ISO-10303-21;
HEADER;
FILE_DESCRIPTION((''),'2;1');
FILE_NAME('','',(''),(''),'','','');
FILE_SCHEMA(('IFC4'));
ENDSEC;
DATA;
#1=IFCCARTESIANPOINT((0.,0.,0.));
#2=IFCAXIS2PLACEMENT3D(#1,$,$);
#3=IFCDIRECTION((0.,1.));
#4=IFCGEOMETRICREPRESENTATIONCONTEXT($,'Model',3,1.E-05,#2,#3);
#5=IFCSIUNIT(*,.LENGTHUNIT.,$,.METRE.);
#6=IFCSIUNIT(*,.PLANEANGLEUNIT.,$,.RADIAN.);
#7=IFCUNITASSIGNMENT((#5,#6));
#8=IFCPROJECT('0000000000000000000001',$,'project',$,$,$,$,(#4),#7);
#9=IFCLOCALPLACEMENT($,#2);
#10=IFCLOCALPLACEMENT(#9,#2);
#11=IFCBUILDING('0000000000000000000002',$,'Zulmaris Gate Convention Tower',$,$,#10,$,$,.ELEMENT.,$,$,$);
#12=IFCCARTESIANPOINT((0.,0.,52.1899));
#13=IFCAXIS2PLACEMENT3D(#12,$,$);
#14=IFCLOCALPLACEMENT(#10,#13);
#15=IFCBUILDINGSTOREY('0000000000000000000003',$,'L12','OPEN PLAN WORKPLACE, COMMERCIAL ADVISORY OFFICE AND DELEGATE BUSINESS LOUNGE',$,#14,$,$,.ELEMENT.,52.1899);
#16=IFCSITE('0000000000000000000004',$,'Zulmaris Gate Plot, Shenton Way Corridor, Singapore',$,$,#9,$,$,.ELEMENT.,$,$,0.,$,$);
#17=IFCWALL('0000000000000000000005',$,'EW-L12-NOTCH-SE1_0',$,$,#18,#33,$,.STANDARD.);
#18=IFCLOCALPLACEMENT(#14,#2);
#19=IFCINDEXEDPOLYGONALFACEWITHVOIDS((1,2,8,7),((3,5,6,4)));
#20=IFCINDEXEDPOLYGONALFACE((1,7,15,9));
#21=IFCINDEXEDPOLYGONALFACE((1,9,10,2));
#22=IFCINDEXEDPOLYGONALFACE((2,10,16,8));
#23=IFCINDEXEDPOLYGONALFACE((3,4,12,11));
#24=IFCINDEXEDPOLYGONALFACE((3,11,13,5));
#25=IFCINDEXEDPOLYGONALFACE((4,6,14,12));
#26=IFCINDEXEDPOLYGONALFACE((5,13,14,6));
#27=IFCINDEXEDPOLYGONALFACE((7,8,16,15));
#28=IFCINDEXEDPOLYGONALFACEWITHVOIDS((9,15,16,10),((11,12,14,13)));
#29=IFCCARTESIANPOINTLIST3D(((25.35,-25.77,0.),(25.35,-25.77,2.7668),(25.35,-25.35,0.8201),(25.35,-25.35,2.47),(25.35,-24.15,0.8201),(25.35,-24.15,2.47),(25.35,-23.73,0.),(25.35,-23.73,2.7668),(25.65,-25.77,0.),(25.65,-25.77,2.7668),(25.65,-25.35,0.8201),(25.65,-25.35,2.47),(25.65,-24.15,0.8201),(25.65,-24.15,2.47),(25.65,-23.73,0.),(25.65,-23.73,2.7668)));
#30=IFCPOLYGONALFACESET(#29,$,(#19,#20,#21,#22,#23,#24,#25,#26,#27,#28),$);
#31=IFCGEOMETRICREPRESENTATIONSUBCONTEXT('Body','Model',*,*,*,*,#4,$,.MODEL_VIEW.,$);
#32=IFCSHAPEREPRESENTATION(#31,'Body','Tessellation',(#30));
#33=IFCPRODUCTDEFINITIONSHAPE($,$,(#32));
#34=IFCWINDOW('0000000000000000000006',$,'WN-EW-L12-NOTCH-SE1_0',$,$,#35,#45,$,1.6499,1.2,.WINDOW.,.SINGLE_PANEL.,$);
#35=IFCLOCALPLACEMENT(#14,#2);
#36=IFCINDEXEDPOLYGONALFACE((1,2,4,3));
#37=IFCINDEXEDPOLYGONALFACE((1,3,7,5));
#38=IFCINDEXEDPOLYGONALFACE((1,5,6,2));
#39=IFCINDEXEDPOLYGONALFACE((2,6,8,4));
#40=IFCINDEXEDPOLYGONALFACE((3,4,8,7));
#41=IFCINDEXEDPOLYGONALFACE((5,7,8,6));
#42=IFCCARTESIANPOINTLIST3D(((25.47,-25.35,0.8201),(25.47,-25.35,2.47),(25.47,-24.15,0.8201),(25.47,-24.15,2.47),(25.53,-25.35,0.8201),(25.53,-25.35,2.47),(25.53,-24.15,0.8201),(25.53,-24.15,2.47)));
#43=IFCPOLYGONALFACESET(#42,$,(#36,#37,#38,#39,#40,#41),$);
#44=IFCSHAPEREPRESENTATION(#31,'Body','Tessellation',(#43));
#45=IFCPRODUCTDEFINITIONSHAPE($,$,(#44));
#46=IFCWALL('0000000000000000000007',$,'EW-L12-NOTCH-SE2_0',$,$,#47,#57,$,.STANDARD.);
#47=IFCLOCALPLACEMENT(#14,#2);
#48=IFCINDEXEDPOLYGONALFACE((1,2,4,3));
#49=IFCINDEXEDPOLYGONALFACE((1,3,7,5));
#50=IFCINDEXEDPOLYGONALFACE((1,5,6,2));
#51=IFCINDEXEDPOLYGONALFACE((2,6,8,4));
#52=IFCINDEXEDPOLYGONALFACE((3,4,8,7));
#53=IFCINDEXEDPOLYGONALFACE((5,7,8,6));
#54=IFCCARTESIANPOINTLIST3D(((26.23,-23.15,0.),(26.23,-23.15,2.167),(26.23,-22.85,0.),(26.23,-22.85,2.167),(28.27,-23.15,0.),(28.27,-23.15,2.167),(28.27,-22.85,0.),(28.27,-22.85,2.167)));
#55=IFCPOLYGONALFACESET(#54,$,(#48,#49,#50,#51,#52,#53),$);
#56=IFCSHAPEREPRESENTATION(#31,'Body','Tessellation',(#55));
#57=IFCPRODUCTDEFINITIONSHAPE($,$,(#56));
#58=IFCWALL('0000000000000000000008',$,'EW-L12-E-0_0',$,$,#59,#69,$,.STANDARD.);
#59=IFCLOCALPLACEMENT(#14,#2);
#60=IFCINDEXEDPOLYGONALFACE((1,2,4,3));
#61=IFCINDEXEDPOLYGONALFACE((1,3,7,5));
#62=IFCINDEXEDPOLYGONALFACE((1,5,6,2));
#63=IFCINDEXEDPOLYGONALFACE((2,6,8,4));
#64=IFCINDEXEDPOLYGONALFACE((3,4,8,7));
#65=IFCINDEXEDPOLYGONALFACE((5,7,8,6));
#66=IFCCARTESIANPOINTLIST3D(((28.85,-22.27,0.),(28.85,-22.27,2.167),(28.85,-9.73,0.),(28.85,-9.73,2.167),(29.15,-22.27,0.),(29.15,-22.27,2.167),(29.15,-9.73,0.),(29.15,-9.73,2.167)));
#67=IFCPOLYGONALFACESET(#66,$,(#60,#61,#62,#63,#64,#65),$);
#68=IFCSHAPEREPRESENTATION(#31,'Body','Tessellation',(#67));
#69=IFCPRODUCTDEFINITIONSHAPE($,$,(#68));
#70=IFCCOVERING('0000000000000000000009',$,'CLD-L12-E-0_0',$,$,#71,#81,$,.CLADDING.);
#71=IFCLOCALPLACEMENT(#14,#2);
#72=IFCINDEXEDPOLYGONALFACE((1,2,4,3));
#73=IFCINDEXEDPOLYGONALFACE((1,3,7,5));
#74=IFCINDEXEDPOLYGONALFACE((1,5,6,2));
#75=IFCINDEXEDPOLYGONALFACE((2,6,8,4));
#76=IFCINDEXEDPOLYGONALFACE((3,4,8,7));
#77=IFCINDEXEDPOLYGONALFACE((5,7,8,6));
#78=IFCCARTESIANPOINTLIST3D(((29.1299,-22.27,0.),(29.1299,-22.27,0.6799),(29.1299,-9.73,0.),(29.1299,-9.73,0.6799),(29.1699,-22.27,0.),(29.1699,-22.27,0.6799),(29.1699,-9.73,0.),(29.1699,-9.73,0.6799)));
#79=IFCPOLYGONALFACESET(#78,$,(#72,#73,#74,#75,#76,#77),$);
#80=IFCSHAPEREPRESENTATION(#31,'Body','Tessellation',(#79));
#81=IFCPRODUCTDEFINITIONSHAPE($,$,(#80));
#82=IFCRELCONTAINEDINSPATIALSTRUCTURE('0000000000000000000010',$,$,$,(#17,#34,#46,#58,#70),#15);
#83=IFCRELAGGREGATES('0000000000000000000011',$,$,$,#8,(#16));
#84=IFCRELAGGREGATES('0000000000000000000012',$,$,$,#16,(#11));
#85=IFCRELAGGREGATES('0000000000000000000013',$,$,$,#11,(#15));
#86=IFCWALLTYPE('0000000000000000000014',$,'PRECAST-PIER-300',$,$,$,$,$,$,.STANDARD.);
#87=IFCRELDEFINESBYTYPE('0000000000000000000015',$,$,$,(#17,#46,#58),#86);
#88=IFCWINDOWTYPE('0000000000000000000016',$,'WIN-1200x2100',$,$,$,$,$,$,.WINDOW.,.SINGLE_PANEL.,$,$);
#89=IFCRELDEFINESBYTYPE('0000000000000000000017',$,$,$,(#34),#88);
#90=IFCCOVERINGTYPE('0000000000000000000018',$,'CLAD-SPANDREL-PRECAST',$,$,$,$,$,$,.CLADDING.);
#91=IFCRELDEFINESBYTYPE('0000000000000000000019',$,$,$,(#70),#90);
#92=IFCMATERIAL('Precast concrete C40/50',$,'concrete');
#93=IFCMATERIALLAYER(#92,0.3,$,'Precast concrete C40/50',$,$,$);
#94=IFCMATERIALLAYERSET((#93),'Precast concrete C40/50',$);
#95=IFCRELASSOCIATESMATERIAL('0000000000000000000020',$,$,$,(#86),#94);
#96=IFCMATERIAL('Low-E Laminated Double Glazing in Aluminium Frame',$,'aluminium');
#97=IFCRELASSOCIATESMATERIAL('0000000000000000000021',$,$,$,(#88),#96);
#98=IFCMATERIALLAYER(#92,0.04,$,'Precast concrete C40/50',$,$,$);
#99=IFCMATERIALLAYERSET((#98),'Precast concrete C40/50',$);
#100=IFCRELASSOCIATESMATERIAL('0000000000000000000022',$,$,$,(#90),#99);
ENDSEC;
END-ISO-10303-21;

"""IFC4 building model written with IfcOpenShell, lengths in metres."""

from ifc_helpers import new_model, si_unit, direction, frame, frame_2d, origin, place, context, subcontext, project, spatial, rectangle, extrude, material, layer, layer_set, type_object, element, fill, save


model = new_model("IFC4")

# Units and contexts
model_context = context("Model", 3, precision=1e-05, world=origin(), true_north=direction((0.0, 1.0)))
body_context = subcontext(model_context, "Body", "Model", "MODEL_VIEW")
ifc_project = project(units=[si_unit("LENGTHUNIT", "METRE"), si_unit("PLANEANGLEUNIT", "RADIAN")], contexts=[model_context])

# Site, building, storey
site_placement = place(None, origin())
site = spatial("IfcSite", under=ifc_project, at=site_placement, Name="Zulmaris Gate Plot, Shenton Way Corridor, Singapore", CompositionType="ELEMENT", RefElevation=0.0)
building_placement = place(site_placement, origin())
building = spatial("IfcBuilding", under=site, at=building_placement, Name="Zulmaris Gate Convention Tower", CompositionType="ELEMENT")
storey_placement = place(building_placement, frame((0.0, 0.0, 52.1899)))
storey = spatial("IfcBuildingStorey", under=building, at=storey_placement, Name="L12", Description="OPEN PLAN WORKPLACE, COMMERCIAL ADVISORY OFFICE AND DELEGATE BUSINESS LOUNGE", CompositionType="ELEMENT", Elevation=52.1899)

# Wall, opening, window
ifc_material_1 = material(Name="Precast concrete C40/50", Category="concrete")
ifc_layer_1 = layer(ifc_material_1, 0.3, Name="Precast concrete C40/50")
ifc_layer_set_1 = layer_set([ifc_layer_1], Name="Precast concrete C40/50")
wall_type_1 = type_object("IfcWallType", Name="PRECAST-PIER-300", PredefinedType="STANDARD", material=ifc_layer_set_1)
wall_1_placement = place(storey_placement, frame((25.5, -25.77, 0.0), z_axis=(0.0, 0.0, 1.0), x_axis=(0.0, 1.0, 0.0)))
wall_1 = element("IfcWall", 1, at=wall_1_placement, inside=storey, type_object=wall_type_1, Name="EW-L12-NOTCH-SE1_0", PredefinedType="STANDARD", context=body_context, shape_type="SweptSolid", body=[
    extrude(rectangle(XDim=2.04, YDim=0.3, at=frame_2d((1.02, 0.0))), origin(), (0.0, 0.0, 1.0), 2.7668),
])
opening_1_placement = place(wall_1_placement, frame((0.4199, 0.0, 0.8201)))
opening_1 = element("IfcOpeningElement", 2, at=opening_1_placement, cuts=wall_1, PredefinedType="OPENING", context=body_context, shape_type="SweptSolid", body=[
    extrude(rectangle(XDim=1.2, YDim=1.6499, at=frame_2d((0.6001, 0.825))), frame((0.0, 0.1602, 0.0), z_axis=(0.0, -1.0, 0.0), x_axis=(1.0, 0.0, 0.0)), (0.0, 0.0, 1.0), 0.3201),
])
ifc_material_2 = material(Name="Low-E Laminated Double Glazing in Aluminium Frame", Category="aluminium")
window_type = type_object("IfcWindowType", Name="WIN-1200x2100", PartitioningType="SINGLE_PANEL", PredefinedType="WINDOW", material=ifc_material_2)
window_placement = place(opening_1_placement, origin())
window = element("IfcWindow", 3, at=window_placement, inside=storey, type_object=window_type, Name="WN-EW-L12-NOTCH-SE1_0", OverallHeight=1.6499, OverallWidth=1.2, PartitioningType="SINGLE_PANEL", PredefinedType="WINDOW", context=body_context, shape_type="SweptSolid", body=[
    extrude(rectangle(XDim=1.2, YDim=1.6499, at=frame_2d((0.6001, 0.825))), frame((0.0, 0.03, 0.0), z_axis=(0.0, -1.0, 0.0), x_axis=(1.0, 0.0, 0.0)), (0.0, 0.0, 1.0), 0.0601),
])
fill(opening_1, window)

# Walls
wall_2_placement = place(storey_placement, frame((26.23, -23.0, 0.0), z_axis=(0.0, 0.0, 1.0), x_axis=(1.0, 0.0, 0.0)))
element("IfcWall", 4, at=wall_2_placement, inside=storey, type_object=wall_type_1, Name="EW-L12-NOTCH-SE2_0", PredefinedType="STANDARD", context=body_context, shape_type="SweptSolid", body=[
    extrude(rectangle(XDim=2.04, YDim=0.3, at=frame_2d((1.02, 0.0))), origin(), (0.0, 0.0, 1.0), 2.167),
])
wall_3_placement = place(storey_placement, frame((29.0, -22.27, 0.0), z_axis=(0.0, 0.0, 1.0), x_axis=(0.0, 1.0, 0.0)))
element("IfcWall", 5, at=wall_3_placement, inside=storey, type_object=wall_type_1, Name="EW-L12-E-0_0", PredefinedType="STANDARD", context=body_context, shape_type="SweptSolid", body=[
    extrude(rectangle(XDim=12.54, YDim=0.3, at=frame_2d((6.27, 0.0))), origin(), (0.0, 0.0, 1.0), 2.167),
])

# Covering
ifc_layer_2 = layer(ifc_material_1, 0.04, Name="Precast concrete C40/50")
ifc_layer_set_2 = layer_set([ifc_layer_2], Name="Precast concrete C40/50")
covering_type = type_object("IfcCoveringType", Name="CLAD-SPANDREL-PRECAST", PredefinedType="CLADDING", material=ifc_layer_set_2)
covering_placement = place(storey_placement, frame((29.1499, -22.27, 0.0), z_axis=(0.0, 0.0, 1.0), x_axis=(0.0, 1.0, 0.0)))
element("IfcCovering", 6, at=covering_placement, inside=storey, type_object=covering_type, Name="CLD-L12-E-0_0", PredefinedType="CLADDING", context=body_context, shape_type="SweptSolid", body=[
    extrude(rectangle(XDim=12.54, YDim=0.04, at=frame_2d((6.27, 0.0))), origin(), (0.0, 0.0, 1.0), 0.6799),
])

save(model, "model.ifc")
